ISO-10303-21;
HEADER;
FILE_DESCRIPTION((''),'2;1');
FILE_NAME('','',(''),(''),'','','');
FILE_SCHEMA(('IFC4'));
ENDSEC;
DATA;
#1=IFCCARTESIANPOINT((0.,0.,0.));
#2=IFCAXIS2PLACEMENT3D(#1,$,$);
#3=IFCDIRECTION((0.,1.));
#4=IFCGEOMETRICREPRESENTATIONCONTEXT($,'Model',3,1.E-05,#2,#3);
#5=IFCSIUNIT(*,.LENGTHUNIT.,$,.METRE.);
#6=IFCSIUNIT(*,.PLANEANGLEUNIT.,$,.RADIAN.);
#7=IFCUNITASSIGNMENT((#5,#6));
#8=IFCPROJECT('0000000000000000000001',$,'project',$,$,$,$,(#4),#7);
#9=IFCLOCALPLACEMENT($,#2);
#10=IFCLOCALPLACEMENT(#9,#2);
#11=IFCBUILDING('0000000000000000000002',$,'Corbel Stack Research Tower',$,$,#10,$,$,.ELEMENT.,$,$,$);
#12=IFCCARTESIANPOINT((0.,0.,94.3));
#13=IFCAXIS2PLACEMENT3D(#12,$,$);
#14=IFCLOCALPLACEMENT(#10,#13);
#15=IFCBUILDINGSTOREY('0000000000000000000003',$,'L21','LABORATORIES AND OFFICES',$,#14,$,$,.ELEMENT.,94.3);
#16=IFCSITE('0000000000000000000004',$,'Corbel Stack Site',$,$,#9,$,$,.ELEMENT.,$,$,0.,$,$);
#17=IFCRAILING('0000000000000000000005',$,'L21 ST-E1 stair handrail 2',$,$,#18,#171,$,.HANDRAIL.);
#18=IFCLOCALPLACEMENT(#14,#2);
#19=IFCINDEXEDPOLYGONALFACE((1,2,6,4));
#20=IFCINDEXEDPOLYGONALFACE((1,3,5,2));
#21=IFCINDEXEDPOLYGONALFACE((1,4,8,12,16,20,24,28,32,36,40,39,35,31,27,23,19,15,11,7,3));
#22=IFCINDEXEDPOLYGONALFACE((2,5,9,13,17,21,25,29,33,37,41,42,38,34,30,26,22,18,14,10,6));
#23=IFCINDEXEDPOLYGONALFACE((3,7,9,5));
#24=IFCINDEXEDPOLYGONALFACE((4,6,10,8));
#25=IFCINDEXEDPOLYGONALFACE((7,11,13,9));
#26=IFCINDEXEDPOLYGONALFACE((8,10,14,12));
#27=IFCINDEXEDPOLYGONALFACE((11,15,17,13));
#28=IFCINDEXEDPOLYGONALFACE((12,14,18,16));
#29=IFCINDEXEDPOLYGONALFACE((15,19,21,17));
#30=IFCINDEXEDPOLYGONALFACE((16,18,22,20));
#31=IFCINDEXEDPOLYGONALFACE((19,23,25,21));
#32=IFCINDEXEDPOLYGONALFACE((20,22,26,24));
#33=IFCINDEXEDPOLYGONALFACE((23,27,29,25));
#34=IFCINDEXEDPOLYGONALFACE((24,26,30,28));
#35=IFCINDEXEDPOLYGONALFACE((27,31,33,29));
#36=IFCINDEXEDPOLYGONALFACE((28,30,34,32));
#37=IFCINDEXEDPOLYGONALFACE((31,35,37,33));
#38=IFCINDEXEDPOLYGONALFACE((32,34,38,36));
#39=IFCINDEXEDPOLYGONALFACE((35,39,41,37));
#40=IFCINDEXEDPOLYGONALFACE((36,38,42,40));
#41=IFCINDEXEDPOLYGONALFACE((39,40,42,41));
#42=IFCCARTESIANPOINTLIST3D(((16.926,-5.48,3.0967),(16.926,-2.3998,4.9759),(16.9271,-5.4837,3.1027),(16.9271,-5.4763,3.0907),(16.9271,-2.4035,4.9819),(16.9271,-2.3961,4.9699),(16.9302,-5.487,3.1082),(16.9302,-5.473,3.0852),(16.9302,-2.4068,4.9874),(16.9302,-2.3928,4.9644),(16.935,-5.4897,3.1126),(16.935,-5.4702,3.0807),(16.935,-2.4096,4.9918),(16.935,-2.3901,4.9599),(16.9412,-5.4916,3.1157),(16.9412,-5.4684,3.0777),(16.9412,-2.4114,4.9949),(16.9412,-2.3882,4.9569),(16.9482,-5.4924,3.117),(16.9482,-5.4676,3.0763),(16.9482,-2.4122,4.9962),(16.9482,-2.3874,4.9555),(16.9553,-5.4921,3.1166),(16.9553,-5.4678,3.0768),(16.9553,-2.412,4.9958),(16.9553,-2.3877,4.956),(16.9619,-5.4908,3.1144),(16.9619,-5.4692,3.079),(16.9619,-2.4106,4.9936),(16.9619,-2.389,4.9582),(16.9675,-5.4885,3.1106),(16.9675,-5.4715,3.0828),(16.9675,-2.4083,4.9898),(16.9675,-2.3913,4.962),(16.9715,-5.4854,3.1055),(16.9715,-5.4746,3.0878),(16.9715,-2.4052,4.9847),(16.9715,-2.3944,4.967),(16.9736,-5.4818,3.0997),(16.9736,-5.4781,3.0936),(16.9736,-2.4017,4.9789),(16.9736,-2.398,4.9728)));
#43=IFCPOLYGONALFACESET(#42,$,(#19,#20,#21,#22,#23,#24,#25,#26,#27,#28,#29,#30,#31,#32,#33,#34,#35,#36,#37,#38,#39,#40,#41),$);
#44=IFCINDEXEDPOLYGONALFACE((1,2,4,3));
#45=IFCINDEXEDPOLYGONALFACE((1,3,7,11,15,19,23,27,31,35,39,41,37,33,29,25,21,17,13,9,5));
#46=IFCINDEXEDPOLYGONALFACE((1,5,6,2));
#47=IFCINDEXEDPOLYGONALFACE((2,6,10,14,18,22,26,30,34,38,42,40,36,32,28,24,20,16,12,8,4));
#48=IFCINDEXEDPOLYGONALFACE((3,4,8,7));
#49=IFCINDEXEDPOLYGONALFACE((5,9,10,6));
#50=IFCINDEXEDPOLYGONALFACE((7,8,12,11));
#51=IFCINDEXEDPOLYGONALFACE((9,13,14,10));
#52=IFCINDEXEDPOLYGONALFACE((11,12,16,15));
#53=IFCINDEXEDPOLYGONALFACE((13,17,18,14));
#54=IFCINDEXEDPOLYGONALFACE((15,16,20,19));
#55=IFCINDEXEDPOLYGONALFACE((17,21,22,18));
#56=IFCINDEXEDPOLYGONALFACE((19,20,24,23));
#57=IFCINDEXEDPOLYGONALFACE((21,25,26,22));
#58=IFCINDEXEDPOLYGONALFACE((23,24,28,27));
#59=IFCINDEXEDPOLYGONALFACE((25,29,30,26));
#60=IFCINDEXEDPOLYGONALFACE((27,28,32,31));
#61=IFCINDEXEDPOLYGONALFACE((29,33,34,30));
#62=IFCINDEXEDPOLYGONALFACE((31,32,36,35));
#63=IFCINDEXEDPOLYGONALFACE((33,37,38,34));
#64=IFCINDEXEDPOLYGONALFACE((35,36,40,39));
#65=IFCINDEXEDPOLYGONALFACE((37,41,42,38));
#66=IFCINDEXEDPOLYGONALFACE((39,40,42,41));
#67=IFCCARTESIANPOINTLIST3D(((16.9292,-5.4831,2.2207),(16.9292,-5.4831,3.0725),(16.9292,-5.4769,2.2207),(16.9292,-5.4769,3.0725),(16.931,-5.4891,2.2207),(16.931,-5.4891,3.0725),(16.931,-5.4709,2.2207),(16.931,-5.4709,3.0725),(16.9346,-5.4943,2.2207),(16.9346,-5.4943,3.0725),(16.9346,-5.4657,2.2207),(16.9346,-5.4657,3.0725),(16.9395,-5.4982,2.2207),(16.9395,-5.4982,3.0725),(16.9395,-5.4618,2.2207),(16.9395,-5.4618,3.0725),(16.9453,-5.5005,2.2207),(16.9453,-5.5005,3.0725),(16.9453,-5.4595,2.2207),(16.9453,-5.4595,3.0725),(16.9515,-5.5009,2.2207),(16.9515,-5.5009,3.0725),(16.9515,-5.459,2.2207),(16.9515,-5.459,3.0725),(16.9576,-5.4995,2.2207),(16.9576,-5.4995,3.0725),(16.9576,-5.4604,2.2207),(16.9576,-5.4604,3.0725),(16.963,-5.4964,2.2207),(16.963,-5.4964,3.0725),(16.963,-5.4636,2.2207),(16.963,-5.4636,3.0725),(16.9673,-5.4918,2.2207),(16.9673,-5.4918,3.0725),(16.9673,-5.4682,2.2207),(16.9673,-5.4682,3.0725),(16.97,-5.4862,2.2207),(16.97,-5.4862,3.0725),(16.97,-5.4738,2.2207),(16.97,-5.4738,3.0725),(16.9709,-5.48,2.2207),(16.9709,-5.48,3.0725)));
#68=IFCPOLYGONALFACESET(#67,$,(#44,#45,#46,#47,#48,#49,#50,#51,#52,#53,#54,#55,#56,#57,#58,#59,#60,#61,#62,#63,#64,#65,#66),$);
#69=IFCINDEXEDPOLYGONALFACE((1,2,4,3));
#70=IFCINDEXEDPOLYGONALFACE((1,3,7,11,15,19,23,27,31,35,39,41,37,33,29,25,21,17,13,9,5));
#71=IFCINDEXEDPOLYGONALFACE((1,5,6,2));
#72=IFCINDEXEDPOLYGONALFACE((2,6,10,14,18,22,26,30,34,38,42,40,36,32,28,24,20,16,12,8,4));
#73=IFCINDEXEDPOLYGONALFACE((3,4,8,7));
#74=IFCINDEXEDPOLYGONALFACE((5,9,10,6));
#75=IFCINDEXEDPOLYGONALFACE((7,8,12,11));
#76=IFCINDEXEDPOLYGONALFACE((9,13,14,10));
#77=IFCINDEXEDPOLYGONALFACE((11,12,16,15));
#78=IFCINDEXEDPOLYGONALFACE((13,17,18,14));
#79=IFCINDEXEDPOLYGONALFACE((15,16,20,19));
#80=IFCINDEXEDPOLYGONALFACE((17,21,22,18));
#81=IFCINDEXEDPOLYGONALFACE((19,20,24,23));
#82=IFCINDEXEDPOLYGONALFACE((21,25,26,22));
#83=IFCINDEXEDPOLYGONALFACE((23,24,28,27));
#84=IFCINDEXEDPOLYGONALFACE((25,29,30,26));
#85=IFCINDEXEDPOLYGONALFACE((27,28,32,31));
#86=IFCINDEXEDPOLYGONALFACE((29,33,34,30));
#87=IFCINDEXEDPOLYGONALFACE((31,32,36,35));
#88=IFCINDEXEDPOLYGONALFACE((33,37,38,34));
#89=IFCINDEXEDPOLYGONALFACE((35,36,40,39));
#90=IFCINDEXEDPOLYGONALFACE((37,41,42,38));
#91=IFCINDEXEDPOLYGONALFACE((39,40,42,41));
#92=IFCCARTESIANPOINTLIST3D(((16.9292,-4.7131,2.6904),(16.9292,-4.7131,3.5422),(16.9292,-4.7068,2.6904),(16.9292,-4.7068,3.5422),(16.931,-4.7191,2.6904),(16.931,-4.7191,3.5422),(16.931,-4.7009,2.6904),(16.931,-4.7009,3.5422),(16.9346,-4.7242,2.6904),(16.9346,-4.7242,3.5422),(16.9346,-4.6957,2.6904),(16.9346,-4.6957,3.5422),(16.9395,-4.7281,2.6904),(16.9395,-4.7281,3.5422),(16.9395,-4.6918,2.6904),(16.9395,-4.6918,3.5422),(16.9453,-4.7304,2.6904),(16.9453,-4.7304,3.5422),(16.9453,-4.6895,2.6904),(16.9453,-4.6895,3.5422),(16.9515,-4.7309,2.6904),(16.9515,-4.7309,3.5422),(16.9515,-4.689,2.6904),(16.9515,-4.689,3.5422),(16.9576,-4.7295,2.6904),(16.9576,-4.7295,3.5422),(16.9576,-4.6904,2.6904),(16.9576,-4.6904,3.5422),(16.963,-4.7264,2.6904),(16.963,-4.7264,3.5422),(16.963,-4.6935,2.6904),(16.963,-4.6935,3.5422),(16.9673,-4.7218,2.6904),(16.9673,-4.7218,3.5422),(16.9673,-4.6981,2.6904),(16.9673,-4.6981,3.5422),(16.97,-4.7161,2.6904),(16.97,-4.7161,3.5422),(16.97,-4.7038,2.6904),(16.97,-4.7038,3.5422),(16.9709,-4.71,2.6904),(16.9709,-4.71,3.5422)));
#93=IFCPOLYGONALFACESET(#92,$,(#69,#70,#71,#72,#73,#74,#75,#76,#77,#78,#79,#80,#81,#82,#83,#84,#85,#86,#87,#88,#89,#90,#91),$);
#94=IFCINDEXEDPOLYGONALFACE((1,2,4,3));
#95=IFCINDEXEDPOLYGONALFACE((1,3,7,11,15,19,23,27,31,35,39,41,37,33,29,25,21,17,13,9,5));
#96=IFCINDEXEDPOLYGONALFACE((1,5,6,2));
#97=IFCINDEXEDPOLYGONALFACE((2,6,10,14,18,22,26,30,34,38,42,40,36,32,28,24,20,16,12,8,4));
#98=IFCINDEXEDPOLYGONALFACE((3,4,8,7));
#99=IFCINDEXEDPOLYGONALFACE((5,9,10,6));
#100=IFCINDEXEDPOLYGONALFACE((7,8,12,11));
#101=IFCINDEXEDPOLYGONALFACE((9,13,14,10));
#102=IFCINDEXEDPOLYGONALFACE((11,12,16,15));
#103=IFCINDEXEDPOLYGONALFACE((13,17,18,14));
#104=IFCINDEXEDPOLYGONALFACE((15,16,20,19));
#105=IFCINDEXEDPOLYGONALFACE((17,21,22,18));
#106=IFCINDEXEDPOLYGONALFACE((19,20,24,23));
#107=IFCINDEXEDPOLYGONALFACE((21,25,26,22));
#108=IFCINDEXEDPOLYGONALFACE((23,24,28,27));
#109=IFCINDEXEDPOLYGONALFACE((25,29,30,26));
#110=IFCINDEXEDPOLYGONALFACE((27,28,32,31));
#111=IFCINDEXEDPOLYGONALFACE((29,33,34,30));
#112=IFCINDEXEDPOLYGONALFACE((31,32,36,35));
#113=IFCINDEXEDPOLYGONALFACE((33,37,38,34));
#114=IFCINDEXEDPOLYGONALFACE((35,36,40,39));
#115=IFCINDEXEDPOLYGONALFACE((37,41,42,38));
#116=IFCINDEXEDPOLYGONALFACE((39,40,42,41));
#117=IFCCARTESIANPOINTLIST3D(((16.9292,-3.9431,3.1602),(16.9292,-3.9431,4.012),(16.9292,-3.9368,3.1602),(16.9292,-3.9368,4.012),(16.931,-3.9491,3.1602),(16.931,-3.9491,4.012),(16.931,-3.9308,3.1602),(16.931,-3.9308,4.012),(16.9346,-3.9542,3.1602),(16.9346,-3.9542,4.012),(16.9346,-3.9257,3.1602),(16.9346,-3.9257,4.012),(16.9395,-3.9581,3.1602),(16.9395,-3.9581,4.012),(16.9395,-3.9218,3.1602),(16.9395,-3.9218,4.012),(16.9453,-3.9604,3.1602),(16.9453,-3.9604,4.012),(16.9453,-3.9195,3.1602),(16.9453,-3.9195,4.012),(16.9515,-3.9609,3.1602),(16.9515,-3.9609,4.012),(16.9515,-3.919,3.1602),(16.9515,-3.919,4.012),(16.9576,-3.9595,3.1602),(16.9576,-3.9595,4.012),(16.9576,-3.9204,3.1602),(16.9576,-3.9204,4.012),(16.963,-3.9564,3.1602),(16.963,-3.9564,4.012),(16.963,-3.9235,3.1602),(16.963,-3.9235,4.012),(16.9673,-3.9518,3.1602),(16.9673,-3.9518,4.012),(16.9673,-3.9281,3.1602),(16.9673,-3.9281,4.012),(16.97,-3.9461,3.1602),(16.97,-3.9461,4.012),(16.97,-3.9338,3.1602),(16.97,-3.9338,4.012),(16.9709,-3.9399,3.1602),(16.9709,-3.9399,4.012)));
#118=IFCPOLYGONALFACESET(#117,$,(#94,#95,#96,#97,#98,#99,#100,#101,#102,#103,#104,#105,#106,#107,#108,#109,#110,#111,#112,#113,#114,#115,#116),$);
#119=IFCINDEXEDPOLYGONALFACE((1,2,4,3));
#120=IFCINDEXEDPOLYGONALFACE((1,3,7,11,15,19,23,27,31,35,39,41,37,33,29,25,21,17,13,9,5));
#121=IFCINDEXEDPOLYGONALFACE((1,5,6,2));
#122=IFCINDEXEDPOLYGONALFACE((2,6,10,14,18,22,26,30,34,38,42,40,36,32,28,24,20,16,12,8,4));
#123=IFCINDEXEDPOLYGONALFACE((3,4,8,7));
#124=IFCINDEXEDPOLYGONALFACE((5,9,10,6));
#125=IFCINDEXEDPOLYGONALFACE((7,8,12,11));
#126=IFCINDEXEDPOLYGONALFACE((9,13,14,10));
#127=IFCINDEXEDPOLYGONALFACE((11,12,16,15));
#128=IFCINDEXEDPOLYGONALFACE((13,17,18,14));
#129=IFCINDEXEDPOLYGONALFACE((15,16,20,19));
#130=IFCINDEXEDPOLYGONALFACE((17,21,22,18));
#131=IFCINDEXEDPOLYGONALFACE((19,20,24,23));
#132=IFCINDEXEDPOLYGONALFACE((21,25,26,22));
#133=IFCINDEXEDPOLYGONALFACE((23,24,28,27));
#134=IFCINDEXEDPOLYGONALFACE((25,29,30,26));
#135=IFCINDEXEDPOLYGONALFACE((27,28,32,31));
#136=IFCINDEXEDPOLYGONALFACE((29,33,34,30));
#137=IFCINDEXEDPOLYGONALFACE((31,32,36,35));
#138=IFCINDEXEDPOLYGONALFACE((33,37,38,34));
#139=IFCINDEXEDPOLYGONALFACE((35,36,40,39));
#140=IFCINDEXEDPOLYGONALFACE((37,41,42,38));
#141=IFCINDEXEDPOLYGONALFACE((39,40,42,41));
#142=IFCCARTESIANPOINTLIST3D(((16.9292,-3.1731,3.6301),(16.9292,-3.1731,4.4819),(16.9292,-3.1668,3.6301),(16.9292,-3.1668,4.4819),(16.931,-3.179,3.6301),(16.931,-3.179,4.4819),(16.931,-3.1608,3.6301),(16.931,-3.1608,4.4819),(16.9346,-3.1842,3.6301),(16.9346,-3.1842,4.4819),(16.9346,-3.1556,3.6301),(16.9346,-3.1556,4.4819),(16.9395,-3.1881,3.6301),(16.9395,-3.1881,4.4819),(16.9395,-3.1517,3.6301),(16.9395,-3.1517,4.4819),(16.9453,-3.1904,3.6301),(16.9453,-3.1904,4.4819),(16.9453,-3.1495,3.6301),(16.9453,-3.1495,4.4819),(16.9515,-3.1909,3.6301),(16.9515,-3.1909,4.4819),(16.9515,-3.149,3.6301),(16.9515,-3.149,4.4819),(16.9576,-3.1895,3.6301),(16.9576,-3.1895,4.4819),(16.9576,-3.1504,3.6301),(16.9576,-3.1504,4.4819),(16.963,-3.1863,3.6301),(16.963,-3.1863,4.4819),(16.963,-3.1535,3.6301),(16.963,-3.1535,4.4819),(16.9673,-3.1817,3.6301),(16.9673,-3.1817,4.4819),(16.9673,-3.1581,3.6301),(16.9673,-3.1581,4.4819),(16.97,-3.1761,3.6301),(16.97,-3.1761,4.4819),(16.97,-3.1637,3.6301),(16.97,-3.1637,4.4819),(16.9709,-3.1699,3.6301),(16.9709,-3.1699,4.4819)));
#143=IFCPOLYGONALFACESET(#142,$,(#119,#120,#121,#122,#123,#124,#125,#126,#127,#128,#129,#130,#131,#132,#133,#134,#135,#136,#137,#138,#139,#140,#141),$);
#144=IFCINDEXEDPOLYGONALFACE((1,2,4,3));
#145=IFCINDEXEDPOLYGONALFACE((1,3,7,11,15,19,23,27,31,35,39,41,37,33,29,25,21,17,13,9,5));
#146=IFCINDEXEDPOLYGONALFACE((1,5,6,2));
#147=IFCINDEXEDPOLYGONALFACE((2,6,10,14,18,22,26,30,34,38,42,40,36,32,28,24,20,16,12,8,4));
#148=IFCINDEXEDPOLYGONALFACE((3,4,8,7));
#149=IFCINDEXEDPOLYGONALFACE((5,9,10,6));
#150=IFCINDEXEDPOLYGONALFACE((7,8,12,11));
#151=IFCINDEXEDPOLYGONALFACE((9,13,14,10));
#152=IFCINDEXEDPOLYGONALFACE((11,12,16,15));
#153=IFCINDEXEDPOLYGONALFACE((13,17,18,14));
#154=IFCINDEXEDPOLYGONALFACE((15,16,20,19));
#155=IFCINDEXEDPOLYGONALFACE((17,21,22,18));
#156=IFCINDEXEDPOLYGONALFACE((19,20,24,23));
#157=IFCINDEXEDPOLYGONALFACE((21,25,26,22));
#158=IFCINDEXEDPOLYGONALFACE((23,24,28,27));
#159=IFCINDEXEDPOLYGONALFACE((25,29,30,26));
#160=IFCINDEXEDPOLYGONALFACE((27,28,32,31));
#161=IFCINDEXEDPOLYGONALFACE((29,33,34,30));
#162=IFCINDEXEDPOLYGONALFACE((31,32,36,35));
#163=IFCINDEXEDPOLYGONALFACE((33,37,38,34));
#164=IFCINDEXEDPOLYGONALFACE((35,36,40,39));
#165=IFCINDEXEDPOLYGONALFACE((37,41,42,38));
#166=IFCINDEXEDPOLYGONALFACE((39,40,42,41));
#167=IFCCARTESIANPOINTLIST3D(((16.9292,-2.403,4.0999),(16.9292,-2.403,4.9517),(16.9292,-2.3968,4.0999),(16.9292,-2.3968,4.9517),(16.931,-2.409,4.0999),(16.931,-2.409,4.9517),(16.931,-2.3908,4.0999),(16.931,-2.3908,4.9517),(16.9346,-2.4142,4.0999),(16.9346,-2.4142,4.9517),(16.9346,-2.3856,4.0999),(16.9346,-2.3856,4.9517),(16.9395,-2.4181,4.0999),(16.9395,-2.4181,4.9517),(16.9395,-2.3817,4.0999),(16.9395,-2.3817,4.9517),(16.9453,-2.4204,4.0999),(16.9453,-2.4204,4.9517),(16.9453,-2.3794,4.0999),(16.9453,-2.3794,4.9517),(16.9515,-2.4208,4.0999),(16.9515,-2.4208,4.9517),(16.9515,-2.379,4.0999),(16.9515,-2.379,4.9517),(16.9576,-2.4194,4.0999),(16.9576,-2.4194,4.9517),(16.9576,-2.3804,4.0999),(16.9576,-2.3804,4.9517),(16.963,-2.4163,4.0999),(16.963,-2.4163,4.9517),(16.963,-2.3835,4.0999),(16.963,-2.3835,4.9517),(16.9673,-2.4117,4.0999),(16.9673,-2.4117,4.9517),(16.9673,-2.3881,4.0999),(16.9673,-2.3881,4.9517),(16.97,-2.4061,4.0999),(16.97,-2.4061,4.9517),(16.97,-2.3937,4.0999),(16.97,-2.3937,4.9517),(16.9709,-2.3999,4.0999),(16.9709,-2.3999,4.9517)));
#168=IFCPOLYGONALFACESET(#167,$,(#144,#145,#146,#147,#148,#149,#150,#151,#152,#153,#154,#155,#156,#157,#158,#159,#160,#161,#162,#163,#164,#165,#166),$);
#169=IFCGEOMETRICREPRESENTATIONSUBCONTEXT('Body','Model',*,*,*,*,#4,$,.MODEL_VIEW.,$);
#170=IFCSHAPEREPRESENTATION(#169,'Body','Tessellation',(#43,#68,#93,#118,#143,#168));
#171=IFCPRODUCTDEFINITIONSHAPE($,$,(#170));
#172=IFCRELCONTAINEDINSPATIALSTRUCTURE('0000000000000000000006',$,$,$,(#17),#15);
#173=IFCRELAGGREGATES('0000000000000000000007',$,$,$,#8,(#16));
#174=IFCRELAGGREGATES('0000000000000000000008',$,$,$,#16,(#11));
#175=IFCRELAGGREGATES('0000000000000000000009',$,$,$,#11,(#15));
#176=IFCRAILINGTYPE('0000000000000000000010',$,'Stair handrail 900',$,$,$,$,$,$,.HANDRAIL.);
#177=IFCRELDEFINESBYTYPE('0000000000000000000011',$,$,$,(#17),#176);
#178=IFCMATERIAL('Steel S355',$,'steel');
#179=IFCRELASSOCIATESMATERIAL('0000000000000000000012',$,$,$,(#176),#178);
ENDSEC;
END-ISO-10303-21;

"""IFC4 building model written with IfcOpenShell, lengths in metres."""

from ifc_helpers import new_model, si_unit, direction, frame, origin, origin_2d, place, context, subcontext, project, spatial, circle, extrude, material, type_object, element, save


model = new_model("IFC4")

# Units and contexts
model_context = context("Model", 3, precision=1e-05, world=origin(), true_north=direction((0.0, 1.0)))
body_context = subcontext(model_context, "Body", "Model", "MODEL_VIEW")
ifc_project = project(units=[si_unit("LENGTHUNIT", "METRE"), si_unit("PLANEANGLEUNIT", "RADIAN")], contexts=[model_context])

# Site, building, storey
site_placement = place(None, origin())
site = spatial("IfcSite", under=ifc_project, at=site_placement, Name="Corbel Stack Site", CompositionType="ELEMENT", RefElevation=0.0)
building_placement = place(site_placement, origin())
building = spatial("IfcBuilding", under=site, at=building_placement, Name="Corbel Stack Research Tower", CompositionType="ELEMENT")
storey_placement = place(building_placement, frame((0.0, 0.0, 94.3)))
storey = spatial("IfcBuildingStorey", under=building, at=storey_placement, Name="L21", Description="LABORATORIES AND OFFICES", CompositionType="ELEMENT", Elevation=94.3)

# Railing
ifc_material_1 = material(Name="Steel S355", Category="steel")
railing_type_1 = type_object("IfcRailingType", Name="Stair handrail 900", PredefinedType="HANDRAIL", material=ifc_material_1)
railing_1_placement = place(storey_placement, frame((16.95, -5.48, 2.2207)))
element("IfcRailing", 1, at=railing_1_placement, inside=storey, type_object=railing_type_1, Name="L21 ST-E1 stair handrail 2", PredefinedType="HANDRAIL", context=body_context, shape_type="SweptSolid", body=[
    extrude(circle(Radius=0.0239, at=origin_2d()), frame((0.0, 0.0, 0.876), z_axis=(0.0, 0.853666, 0.52082), x_axis=(-1.0, 0.0, 0.0)), (0.0, 0.0, 1.0), 3.6082),
    extrude(circle(Radius=0.021, at=origin_2d()), origin(), (0.0, 0.0, 1.0), 0.8518),
    extrude(circle(Radius=0.021, at=origin_2d()), frame((0.0, 0.77, 0.4697)), (0.0, 0.0, 1.0), 0.8518),
    extrude(circle(Radius=0.021, at=origin_2d()), frame((0.0, 1.54, 0.9395)), (0.0, 0.0, 1.0), 0.8518),
    extrude(circle(Radius=0.021, at=origin_2d()), frame((0.0, 2.3101, 1.4094)), (0.0, 0.0, 1.0), 0.8518),
    extrude(circle(Radius=0.021, at=origin_2d()), frame((0.0, 3.0801, 1.8792)), (0.0, 0.0, 1.0), 0.8518),
])

save(model, "model.ifc")
